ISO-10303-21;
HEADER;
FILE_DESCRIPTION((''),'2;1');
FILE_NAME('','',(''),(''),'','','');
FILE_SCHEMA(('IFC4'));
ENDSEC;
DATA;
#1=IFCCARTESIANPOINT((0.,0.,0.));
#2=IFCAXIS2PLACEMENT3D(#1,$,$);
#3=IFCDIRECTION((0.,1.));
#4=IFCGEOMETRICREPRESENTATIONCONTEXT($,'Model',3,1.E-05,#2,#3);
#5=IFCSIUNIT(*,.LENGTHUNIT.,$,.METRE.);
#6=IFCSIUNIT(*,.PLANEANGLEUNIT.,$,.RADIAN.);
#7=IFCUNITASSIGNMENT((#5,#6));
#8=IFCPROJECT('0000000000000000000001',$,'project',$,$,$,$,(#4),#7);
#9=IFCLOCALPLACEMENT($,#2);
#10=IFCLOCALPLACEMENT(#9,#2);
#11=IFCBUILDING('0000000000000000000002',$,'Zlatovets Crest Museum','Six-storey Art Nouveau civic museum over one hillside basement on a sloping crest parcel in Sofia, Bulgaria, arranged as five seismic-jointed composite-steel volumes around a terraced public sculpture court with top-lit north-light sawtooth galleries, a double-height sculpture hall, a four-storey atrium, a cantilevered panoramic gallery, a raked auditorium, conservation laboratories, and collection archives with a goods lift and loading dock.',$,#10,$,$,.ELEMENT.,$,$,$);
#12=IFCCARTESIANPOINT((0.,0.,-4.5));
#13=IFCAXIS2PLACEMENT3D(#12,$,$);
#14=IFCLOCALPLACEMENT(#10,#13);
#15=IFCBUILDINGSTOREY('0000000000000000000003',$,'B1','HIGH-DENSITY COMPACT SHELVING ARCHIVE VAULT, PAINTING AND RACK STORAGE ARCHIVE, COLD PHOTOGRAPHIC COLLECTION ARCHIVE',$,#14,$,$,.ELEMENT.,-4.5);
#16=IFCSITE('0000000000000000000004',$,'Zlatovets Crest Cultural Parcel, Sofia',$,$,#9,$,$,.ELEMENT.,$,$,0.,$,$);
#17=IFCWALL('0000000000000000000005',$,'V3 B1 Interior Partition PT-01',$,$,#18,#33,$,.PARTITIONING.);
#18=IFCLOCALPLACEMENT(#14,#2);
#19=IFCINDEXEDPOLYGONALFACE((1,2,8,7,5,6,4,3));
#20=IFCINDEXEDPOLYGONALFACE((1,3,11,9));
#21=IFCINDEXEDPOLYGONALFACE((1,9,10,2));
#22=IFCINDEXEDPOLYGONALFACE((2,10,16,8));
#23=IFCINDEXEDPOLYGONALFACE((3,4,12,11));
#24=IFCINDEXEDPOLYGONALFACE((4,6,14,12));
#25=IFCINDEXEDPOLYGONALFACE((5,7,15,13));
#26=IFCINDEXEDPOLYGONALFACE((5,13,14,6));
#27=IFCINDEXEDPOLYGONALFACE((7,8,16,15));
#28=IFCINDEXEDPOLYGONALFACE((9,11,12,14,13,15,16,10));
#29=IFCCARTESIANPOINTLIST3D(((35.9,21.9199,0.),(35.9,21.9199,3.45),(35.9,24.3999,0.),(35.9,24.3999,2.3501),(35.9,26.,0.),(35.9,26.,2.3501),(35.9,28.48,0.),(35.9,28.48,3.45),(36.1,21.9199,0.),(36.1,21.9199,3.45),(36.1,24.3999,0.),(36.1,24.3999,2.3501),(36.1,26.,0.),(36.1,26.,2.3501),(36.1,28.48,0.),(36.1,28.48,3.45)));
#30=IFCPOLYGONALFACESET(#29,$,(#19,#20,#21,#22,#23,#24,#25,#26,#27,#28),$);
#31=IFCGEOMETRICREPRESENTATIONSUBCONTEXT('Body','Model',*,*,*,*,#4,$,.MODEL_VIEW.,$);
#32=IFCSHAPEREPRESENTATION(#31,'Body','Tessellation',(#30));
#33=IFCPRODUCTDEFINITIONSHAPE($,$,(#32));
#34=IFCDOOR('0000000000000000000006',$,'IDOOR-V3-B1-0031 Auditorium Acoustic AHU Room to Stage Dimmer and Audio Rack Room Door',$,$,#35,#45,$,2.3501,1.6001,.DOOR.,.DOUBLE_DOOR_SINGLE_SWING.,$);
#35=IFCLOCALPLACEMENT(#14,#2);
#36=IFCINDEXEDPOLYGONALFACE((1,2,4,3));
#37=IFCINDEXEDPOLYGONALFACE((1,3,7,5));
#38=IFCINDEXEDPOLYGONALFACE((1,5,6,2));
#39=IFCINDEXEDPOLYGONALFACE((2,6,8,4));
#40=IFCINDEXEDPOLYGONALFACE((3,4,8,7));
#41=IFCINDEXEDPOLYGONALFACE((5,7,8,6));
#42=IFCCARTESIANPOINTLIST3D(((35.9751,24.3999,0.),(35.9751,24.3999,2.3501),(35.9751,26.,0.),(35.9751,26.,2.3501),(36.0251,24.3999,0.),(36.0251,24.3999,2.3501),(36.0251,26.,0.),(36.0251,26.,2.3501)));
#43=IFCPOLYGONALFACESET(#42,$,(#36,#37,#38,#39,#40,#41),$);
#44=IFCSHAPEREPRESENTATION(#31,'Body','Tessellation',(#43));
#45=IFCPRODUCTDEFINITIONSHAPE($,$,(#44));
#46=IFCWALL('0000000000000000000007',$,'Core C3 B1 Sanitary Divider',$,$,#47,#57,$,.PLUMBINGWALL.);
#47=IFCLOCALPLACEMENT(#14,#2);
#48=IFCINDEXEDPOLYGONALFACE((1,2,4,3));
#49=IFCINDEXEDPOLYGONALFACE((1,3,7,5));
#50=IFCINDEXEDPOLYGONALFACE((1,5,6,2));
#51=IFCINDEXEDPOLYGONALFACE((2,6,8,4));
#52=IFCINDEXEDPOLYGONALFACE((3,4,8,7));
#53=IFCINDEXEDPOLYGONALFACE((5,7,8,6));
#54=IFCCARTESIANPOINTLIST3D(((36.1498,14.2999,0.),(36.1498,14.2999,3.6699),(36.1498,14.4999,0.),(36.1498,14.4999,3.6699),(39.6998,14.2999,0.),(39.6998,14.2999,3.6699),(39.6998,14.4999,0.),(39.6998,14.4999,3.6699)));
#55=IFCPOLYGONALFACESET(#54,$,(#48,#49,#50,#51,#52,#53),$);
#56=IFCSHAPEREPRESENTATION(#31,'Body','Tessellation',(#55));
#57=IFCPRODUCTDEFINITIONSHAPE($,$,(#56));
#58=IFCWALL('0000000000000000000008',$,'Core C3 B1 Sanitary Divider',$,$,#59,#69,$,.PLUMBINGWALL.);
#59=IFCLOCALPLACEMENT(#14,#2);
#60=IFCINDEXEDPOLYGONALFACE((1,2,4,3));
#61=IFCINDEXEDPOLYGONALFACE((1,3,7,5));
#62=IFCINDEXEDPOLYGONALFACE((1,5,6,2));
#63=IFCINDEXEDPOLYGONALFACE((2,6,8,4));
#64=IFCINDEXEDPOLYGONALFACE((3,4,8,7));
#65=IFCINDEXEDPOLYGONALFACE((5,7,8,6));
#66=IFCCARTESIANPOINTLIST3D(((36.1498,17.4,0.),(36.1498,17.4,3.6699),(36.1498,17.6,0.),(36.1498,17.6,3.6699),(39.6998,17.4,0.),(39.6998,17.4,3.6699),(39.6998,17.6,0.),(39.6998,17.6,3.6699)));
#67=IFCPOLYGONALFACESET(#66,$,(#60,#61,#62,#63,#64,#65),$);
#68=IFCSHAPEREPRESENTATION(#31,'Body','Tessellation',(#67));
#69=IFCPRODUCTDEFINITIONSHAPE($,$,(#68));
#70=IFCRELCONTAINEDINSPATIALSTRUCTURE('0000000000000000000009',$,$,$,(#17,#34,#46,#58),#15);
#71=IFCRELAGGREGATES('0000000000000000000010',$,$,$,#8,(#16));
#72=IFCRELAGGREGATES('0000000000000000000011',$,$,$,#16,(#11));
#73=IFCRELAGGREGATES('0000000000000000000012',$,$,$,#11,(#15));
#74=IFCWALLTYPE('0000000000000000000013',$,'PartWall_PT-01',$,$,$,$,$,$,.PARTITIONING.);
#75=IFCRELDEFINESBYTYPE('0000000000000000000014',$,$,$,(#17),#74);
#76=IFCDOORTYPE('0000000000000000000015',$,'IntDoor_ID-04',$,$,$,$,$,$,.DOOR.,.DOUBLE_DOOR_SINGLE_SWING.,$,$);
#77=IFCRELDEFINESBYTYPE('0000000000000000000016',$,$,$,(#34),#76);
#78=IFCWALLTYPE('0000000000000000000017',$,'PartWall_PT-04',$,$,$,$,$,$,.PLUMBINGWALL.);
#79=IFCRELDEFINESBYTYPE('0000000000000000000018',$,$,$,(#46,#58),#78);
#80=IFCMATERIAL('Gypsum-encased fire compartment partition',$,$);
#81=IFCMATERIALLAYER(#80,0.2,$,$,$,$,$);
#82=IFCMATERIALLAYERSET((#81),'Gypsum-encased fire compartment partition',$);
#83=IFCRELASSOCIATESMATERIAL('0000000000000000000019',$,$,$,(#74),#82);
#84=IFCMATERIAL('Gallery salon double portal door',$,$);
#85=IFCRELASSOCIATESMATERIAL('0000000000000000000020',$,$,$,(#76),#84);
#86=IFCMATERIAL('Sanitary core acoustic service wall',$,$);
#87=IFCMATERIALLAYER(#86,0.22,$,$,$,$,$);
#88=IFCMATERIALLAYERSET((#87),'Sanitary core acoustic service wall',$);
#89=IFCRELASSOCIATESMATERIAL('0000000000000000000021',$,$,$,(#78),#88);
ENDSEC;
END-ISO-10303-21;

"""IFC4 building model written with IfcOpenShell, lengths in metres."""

from ifc_helpers import new_model, si_unit, direction, frame, frame_2d, origin, place, context, subcontext, project, spatial, rectangle, extrude, material, layer, layer_set, type_object, element, fill, save


model = new_model("IFC4")

# Units and contexts
model_context = context("Model", 3, precision=1e-05, world=origin(), true_north=direction((0.0, 1.0)))
body_context = subcontext(model_context, "Body", "Model", "MODEL_VIEW")
ifc_project = project(units=[si_unit("LENGTHUNIT", "METRE"), si_unit("PLANEANGLEUNIT", "RADIAN")], contexts=[model_context])

# Site, building, storey
site_placement = place(None, origin())
site = spatial("IfcSite", under=ifc_project, at=site_placement, Name="Zlatovets Crest Cultural Parcel, Sofia", CompositionType="ELEMENT", RefElevation=0.0)
building_placement = place(site_placement, origin())
building = spatial("IfcBuilding", under=site, at=building_placement, Name="Zlatovets Crest Museum", Description="Six-storey Art Nouveau civic museum over one hillside basement on a sloping crest parcel in Sofia, Bulgaria, arranged as five seismic-jointed composite-steel volumes around a terraced public sculpture court with top-lit north-light sawtooth galleries, a double-height sculpture hall, a four-storey atrium, a cantilevered panoramic gallery, a raked auditorium, conservation laboratories, and collection archives with a goods lift and loading dock.", CompositionType="ELEMENT")
storey_placement = place(building_placement, frame((0.0, 0.0, -4.5)))
storey = spatial("IfcBuildingStorey", under=building, at=storey_placement, Name="B1", Description="HIGH-DENSITY COMPACT SHELVING ARCHIVE VAULT, PAINTING AND RACK STORAGE ARCHIVE, COLD PHOTOGRAPHIC COLLECTION ARCHIVE", CompositionType="ELEMENT", Elevation=-4.5)

# Wall, opening, door
ifc_material_1 = material(Name="Gypsum-encased fire compartment partition")
ifc_layer_1 = layer(ifc_material_1, 0.2)
ifc_layer_set_1 = layer_set([ifc_layer_1], Name="Gypsum-encased fire compartment partition")
wall_type_1 = type_object("IfcWallType", Name="PartWall_PT-01", PredefinedType="PARTITIONING", material=ifc_layer_set_1)
ifc_material_2 = material(Name="Gallery salon double portal door")
door_type_1 = type_object("IfcDoorType", Name="IntDoor_ID-04", OperationType="DOUBLE_DOOR_SINGLE_SWING", PredefinedType="DOOR", material=ifc_material_2)
wall_1_placement = place(storey_placement, frame((36.0, 21.9199, 0.0), z_axis=(0.0, 0.0, 1.0), x_axis=(0.0, 1.0, 0.0)))
wall_1 = element("IfcWall", 1, at=wall_1_placement, inside=storey, type_object=wall_type_1, Name="V3 B1 Interior Partition PT-01", PredefinedType="PARTITIONING", context=body_context, shape_type="SweptSolid", body=[
    extrude(rectangle(XDim=6.5601, YDim=0.2, at=frame_2d((3.28, 0.0))), origin(), (0.0, 0.0, 1.0), 3.45),
])
opening_1_placement = place(wall_1_placement, frame((2.48, 0.0, 0.0)))
opening_1 = element("IfcOpeningElement", 2, at=opening_1_placement, cuts=wall_1, PredefinedType="OPENING", context=body_context, shape_type="SweptSolid", body=[
    extrude(rectangle(XDim=1.6001, YDim=2.3501, at=frame_2d((0.8, 1.175))), frame((0.0, 0.1099, 0.0), z_axis=(0.0, -1.0, 0.0), x_axis=(1.0, 0.0, 0.0)), (0.0, 0.0, 1.0), 0.22),
])
door_1_placement = place(opening_1_placement, origin())
door_1 = element("IfcDoor", 3, at=door_1_placement, inside=storey, type_object=door_type_1, Name="IDOOR-V3-B1-0031 Auditorium Acoustic AHU Room to Stage Dimmer and Audio Rack Room Door", OperationType="DOUBLE_DOOR_SINGLE_SWING", OverallHeight=2.3501, OverallWidth=1.6001, PredefinedType="DOOR", context=body_context, shape_type="SweptSolid", body=[
    extrude(rectangle(XDim=1.6001, YDim=2.3501, at=frame_2d((0.8, 1.175))), frame((0.0, 0.0249, 0.0), z_axis=(0.0, -1.0, 0.0), x_axis=(1.0, 0.0, 0.0)), (0.0, 0.0, 1.0), 0.05),
])
fill(opening_1, door_1)

# Walls
ifc_material_3 = material(Name="Sanitary core acoustic service wall")
ifc_layer_2 = layer(ifc_material_3, 0.22)
ifc_layer_set_2 = layer_set([ifc_layer_2], Name="Sanitary core acoustic service wall")
wall_type_2 = type_object("IfcWallType", Name="PartWall_PT-04", PredefinedType="PLUMBINGWALL", material=ifc_layer_set_2)
for number, where, z_axis, x_axis, name in (
    (4, (36.1499, 14.3999, 0.0), (0.0, 0.0, 1.0), (1.0, 0.0, 0.0), "Core C3 B1 Sanitary Divider"),
    (5, (36.1499, 17.5, 0.0), (0.0, 0.0, 1.0), (1.0, 0.0, 0.0), "Core C3 B1 Sanitary Divider"),
):
    element("IfcWall", number, at=place(storey_placement, frame(where, z_axis=z_axis, x_axis=x_axis)), inside=storey, type_object=wall_type_2, Name=name, PredefinedType="PLUMBINGWALL", context=body_context, shape_type="SweptSolid", body=[
        extrude(rectangle(XDim=3.55, YDim=0.2, at=frame_2d((1.7749, 0.0))), origin(), (0.0, 0.0, 1.0), 3.6699),
    ])

save(model, "model.ifc")
